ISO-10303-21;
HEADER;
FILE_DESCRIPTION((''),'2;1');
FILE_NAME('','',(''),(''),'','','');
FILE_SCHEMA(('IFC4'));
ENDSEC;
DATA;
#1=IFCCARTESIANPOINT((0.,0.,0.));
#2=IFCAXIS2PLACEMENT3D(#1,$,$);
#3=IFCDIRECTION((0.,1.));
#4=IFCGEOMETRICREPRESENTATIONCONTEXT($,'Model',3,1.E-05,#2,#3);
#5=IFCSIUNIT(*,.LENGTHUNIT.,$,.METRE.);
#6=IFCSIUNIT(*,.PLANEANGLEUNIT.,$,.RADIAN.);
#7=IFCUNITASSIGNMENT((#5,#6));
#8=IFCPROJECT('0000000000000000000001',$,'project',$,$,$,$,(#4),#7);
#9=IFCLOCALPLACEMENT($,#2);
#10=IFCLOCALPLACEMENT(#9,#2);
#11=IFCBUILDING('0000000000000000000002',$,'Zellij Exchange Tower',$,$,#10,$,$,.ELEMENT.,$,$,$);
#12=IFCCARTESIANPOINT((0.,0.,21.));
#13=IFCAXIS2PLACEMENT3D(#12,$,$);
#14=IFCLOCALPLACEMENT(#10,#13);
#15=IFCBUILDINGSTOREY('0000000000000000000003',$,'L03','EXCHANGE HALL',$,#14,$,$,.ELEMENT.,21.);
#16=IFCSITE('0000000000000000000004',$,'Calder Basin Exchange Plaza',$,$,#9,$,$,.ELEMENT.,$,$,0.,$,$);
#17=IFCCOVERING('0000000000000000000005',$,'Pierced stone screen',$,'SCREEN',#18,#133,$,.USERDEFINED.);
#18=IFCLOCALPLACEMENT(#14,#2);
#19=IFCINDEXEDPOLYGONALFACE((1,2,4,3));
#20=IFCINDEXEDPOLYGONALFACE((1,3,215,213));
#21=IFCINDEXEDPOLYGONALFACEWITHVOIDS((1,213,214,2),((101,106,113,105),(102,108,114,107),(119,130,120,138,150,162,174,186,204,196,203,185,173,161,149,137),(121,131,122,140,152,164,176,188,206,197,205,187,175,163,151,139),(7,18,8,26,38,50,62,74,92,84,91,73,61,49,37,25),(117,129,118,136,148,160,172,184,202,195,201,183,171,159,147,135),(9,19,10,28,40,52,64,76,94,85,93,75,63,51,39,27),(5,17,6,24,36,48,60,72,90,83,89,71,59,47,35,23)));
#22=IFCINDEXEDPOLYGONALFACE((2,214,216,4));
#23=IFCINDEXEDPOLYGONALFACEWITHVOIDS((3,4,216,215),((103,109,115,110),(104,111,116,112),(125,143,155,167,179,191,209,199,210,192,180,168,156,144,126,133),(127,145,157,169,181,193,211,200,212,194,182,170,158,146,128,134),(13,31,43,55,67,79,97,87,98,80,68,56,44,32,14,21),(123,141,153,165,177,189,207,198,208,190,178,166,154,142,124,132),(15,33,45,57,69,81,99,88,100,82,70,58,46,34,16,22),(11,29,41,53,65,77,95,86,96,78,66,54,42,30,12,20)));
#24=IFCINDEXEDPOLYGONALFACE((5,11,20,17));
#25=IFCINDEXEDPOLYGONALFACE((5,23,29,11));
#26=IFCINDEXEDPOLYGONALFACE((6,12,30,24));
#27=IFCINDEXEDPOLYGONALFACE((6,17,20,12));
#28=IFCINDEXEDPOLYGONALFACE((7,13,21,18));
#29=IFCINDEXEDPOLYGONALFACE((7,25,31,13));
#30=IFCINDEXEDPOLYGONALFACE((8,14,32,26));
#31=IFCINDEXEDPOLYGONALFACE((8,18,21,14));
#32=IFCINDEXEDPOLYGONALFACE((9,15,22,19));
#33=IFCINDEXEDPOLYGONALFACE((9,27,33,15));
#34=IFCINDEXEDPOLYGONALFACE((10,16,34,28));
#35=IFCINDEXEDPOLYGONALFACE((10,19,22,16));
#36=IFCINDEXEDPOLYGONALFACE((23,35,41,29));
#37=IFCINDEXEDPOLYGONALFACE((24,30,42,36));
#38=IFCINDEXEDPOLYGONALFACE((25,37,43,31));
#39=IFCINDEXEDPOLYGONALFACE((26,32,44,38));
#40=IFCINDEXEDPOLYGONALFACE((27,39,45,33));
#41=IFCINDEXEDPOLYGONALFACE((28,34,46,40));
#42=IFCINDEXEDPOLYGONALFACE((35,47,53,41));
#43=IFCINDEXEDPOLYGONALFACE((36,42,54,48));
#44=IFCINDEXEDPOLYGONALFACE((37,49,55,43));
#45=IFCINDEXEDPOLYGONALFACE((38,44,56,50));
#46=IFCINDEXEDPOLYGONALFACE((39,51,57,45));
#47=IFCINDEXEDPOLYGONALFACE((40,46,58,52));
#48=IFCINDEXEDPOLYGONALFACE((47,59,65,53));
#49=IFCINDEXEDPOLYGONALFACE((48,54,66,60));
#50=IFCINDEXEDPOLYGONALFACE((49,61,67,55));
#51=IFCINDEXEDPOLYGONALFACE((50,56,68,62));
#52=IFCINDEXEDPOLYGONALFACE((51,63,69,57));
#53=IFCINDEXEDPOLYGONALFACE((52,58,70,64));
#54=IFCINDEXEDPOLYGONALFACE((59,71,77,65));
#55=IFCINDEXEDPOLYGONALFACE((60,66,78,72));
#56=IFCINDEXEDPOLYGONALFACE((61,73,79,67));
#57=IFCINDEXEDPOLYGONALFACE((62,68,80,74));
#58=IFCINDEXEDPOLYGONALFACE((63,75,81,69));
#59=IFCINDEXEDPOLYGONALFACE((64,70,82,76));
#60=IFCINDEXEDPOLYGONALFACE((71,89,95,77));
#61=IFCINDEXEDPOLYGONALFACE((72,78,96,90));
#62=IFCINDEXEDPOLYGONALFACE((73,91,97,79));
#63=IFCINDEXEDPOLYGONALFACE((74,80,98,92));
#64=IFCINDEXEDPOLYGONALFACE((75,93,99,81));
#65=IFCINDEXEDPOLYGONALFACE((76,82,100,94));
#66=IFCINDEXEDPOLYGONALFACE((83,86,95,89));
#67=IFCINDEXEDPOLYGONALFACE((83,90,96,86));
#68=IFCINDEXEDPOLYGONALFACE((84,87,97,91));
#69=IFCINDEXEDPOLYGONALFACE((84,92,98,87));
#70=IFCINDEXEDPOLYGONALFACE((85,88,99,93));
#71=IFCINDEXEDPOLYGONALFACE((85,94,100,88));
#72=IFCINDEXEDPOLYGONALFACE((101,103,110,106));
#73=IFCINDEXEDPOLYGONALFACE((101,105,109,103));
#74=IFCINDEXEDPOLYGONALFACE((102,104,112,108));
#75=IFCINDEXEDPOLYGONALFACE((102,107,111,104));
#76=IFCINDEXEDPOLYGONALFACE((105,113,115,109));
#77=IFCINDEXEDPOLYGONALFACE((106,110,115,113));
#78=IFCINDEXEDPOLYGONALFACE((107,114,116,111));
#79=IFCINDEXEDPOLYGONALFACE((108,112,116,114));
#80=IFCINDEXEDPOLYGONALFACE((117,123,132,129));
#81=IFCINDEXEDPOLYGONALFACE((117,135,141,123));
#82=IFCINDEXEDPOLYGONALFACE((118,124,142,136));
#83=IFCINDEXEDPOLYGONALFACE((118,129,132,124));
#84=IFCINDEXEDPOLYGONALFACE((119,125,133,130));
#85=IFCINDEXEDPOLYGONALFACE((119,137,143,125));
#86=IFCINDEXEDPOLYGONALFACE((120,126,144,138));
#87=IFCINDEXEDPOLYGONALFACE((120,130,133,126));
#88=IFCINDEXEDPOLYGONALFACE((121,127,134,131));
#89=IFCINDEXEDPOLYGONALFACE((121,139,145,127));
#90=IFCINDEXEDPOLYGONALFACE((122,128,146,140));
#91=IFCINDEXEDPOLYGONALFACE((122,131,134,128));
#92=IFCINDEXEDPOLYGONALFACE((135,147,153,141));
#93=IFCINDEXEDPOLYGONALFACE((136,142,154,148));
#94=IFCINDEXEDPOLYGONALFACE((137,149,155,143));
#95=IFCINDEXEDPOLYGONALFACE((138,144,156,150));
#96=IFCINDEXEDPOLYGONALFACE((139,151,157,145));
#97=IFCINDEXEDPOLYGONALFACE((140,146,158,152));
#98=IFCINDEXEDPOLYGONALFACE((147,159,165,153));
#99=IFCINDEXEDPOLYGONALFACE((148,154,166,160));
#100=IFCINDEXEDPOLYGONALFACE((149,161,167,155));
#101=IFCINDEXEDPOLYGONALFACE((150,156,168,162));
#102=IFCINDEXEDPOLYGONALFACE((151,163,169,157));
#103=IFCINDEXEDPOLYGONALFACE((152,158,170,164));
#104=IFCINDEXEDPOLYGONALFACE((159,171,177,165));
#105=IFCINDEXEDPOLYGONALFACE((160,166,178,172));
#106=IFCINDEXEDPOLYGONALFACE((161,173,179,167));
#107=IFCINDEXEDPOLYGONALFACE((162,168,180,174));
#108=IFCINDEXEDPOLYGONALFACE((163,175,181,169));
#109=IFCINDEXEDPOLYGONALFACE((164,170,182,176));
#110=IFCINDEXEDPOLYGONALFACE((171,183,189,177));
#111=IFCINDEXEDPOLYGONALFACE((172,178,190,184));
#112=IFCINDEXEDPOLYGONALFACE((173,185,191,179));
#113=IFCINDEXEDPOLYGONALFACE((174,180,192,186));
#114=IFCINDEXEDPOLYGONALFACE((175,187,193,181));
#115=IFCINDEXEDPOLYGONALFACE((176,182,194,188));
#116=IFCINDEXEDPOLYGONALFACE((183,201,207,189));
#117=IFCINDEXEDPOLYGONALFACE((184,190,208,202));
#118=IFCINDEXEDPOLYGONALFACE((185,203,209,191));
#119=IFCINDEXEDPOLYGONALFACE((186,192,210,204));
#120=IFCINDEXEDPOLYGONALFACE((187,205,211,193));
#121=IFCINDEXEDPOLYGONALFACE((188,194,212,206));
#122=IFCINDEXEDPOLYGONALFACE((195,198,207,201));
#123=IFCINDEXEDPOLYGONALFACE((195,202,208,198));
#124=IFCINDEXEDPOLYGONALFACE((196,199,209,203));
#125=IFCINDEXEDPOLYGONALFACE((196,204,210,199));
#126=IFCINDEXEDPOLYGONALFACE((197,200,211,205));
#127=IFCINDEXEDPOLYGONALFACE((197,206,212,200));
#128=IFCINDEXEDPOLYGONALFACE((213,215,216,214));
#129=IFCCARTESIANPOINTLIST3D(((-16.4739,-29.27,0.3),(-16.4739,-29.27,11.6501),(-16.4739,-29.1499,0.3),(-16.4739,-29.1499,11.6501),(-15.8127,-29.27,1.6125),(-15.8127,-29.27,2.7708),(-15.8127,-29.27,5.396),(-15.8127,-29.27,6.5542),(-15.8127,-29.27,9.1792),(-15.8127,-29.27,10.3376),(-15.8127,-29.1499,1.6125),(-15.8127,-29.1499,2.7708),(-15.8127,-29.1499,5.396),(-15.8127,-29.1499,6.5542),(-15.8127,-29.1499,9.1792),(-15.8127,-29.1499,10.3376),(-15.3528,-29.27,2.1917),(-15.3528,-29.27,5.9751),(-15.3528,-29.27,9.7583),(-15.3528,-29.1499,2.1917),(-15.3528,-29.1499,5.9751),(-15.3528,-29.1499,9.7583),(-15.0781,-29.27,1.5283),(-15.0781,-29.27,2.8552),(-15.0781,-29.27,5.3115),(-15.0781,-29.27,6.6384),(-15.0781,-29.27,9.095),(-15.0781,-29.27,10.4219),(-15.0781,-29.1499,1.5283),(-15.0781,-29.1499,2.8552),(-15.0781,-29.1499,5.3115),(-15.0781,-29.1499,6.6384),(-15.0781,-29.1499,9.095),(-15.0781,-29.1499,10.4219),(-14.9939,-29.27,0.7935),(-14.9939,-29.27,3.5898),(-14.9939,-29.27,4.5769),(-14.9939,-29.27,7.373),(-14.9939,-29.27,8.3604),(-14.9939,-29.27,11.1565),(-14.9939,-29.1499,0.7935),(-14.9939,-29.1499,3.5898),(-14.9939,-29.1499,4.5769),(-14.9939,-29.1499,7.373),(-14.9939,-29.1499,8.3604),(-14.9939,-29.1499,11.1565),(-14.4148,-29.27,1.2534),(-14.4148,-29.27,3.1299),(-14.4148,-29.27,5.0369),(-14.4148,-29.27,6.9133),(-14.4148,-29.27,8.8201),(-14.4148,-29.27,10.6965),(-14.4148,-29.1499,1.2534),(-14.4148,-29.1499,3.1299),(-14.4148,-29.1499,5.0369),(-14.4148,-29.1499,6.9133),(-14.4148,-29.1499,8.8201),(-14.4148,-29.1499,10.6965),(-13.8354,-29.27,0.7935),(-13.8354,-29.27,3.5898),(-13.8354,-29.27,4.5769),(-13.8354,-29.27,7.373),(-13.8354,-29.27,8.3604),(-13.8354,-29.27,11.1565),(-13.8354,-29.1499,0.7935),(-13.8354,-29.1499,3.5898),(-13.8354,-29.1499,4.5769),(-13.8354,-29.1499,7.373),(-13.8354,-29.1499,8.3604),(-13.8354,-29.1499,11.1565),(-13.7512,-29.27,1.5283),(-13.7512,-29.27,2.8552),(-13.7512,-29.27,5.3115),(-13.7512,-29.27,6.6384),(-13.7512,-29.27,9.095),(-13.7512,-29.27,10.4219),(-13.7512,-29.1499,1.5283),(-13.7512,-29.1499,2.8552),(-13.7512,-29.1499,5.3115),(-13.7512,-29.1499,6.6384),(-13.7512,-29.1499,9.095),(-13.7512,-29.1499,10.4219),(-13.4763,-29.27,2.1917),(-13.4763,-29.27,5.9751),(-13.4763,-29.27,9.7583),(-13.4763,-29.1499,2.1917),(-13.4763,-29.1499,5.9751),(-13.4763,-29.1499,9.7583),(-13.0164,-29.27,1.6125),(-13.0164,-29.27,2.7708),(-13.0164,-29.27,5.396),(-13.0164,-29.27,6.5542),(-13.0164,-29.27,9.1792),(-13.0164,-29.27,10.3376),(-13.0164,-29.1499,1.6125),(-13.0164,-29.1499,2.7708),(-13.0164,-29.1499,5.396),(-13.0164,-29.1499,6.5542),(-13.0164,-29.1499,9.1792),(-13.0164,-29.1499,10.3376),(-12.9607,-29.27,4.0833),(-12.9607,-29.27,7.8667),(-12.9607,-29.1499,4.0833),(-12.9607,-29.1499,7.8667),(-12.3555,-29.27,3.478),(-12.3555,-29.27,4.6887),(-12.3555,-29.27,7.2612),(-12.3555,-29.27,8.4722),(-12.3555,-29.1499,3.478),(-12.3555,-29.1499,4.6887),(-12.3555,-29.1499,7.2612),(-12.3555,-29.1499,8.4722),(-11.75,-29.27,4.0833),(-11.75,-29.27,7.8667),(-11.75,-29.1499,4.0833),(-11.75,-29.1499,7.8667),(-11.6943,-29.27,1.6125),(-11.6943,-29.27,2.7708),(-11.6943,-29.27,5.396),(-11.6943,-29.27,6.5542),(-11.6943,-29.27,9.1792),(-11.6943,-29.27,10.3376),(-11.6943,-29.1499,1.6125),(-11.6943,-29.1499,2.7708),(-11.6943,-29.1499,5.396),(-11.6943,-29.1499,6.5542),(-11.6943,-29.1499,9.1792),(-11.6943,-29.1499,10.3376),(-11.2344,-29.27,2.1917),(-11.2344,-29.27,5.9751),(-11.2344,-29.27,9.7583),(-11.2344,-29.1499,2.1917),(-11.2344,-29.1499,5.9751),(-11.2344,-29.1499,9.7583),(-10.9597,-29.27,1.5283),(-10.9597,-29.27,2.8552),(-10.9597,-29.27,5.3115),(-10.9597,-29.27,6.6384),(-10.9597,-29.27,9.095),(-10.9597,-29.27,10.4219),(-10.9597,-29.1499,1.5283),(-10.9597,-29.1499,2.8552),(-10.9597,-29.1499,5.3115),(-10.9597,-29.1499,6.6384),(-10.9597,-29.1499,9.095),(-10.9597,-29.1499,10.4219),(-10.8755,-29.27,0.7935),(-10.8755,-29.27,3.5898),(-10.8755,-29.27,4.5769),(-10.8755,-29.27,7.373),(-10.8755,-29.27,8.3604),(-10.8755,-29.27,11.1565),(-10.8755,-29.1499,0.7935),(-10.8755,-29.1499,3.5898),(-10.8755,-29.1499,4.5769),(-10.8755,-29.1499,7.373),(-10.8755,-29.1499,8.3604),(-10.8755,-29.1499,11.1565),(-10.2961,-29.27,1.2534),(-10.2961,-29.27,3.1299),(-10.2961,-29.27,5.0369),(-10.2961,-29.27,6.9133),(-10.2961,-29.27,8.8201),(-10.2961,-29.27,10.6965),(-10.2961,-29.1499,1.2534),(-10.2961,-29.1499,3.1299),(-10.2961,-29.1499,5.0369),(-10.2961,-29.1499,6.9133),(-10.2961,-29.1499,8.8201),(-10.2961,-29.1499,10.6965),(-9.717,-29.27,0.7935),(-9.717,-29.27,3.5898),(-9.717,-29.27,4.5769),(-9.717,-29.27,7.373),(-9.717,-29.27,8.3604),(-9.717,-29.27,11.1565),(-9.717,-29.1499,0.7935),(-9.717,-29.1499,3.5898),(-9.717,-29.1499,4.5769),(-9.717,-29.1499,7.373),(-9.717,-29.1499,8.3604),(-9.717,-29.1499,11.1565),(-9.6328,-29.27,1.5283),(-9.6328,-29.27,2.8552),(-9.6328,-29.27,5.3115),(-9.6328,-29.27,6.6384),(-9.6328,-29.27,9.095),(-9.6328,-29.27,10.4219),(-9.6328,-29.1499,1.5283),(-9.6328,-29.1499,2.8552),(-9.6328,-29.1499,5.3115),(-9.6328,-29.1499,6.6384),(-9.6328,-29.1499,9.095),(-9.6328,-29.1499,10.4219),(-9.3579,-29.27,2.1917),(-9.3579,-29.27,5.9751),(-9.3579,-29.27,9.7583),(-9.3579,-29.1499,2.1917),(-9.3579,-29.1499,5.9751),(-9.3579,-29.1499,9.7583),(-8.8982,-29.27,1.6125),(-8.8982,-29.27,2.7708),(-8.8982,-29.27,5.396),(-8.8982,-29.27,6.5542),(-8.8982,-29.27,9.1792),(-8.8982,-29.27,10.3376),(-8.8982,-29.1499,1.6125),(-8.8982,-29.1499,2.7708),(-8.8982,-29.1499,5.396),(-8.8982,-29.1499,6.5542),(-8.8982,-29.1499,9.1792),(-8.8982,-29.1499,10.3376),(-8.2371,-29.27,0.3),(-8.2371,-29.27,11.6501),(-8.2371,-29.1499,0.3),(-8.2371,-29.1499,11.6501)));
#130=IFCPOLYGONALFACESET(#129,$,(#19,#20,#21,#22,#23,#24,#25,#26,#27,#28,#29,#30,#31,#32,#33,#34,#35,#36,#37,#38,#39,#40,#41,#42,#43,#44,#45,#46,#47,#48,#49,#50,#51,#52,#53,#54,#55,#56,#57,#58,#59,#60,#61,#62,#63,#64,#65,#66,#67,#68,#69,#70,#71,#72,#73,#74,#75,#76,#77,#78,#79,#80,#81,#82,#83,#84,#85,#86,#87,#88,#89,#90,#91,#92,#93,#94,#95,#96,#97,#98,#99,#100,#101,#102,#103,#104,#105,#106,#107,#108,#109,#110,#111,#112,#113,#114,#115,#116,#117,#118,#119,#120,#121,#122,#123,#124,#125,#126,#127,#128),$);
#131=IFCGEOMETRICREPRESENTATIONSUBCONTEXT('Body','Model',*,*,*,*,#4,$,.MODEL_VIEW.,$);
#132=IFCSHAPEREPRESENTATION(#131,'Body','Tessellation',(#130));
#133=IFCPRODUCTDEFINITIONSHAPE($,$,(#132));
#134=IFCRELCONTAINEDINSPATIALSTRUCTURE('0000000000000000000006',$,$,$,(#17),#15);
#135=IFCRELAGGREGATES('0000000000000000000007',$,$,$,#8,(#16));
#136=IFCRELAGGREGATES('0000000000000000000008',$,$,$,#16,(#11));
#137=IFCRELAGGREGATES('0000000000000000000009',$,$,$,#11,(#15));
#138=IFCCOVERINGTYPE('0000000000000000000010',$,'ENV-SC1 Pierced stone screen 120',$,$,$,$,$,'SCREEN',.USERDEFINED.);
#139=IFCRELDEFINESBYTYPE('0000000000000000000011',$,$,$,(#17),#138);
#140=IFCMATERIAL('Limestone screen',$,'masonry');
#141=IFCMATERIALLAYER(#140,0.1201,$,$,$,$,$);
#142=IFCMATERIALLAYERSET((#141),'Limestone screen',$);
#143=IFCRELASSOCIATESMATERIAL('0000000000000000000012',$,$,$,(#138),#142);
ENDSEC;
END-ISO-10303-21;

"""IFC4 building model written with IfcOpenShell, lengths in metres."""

from ifc_helpers import new_model, si_unit, direction, frame, origin, place, context, subcontext, project, spatial, polyline, outline, extrude, material, layer, layer_set, type_object, element, save


model = new_model("IFC4")

# Units and contexts
model_context = context("Model", 3, precision=1e-05, world=origin(), true_north=direction((0.0, 1.0)))
body_context = subcontext(model_context, "Body", "Model", "MODEL_VIEW")
ifc_project = project(units=[si_unit("LENGTHUNIT", "METRE"), si_unit("PLANEANGLEUNIT", "RADIAN")], contexts=[model_context])

# Site, building, storey
site_placement = place(None, origin())
site = spatial("IfcSite", under=ifc_project, at=site_placement, Name="Calder Basin Exchange Plaza", CompositionType="ELEMENT", RefElevation=0.0)
building_placement = place(site_placement, origin())
building = spatial("IfcBuilding", under=site, at=building_placement, Name="Zellij Exchange Tower", CompositionType="ELEMENT")
storey_placement = place(building_placement, frame((0.0, 0.0, 21.0)))
storey = spatial("IfcBuildingStorey", under=building, at=storey_placement, Name="L03", Description="EXCHANGE HALL", CompositionType="ELEMENT", Elevation=21.0)

# Covering
ifc_material_1 = material(Name="Limestone screen", Category="masonry")
ifc_layer_1 = layer(ifc_material_1, 0.1201)
ifc_layer_set_1 = layer_set([ifc_layer_1], Name="Limestone screen")
covering_type = type_object("IfcCoveringType", Name="ENV-SC1 Pierced stone screen 120", ElementType="SCREEN", PredefinedType="USERDEFINED", material=ifc_layer_set_1)
covering_1_placement = place(storey_placement, frame((-16.4739, -29.21, 0.3), z_axis=(0.0, 0.0, 1.0), x_axis=(1.0, 0.0, 0.0)))
element("IfcCovering", 1, at=covering_1_placement, inside=storey, type_object=covering_type, Name="Pierced stone screen", ObjectType="SCREEN", PredefinedType="USERDEFINED", context=body_context, shape_type="SweptSolid", body=[
    extrude(outline(polyline([(0.0, 0.0), (8.2368, 0.0), (8.2368, 11.3501), (0.0, 11.3501), (0.0, 0.0)]), holes=[polyline([(3.4575, 2.4707), (2.7227, 2.5552), (2.6384, 3.2898), (2.0591, 2.8298), (1.48, 3.2898), (1.3958, 2.5552), (0.6611, 2.4707), (1.1211, 1.8916), (0.6611, 1.3125), (1.3958, 1.2283), (1.48, 0.4934), (2.0591, 0.9534), (2.6384, 0.4934), (2.7227, 1.2283), (3.4575, 1.3125), (2.9976, 1.8916), (3.4575, 2.4707)]), polyline([(3.4575, 6.2542), (2.7227, 6.3384), (2.6384, 7.073), (2.0591, 6.6133), (1.48, 7.073), (1.3958, 6.3384), (0.6611, 6.2542), (1.1211, 5.675), (0.6611, 5.0959), (1.3958, 5.0115), (1.48, 4.2769), (2.0591, 4.7368), (2.6384, 4.2769), (2.7227, 5.0115), (3.4575, 5.0959), (2.9976, 5.675), (3.4575, 6.2542)]), polyline([(3.4575, 10.0376), (2.7227, 10.1218), (2.6384, 10.8564), (2.0591, 10.3965), (1.48, 10.8564), (1.3958, 10.1218), (0.6611, 10.0376), (1.1211, 9.4583), (0.6611, 8.8792), (1.3958, 8.7949), (1.48, 8.0603), (2.0591, 8.52), (2.6384, 8.0603), (2.7227, 8.7949), (3.4575, 8.8792), (2.9976, 9.4583), (3.4575, 10.0376)]), polyline([(7.5757, 2.4707), (6.8411, 2.5552), (6.7568, 3.2898), (6.1777, 2.8298), (5.5984, 3.2898), (5.5142, 2.5552), (4.7795, 2.4707), (5.2395, 1.8916), (4.7795, 1.3125), (5.5142, 1.2283), (5.5984, 0.4934), (6.1777, 0.9534), (6.7568, 0.4934), (6.8411, 1.2283), (7.5757, 1.3125), (7.116, 1.8916), (7.5757, 2.4707)]), polyline([(7.5757, 6.2542), (6.8411, 6.3384), (6.7568, 7.073), (6.1777, 6.6133), (5.5984, 7.073), (5.5142, 6.3384), (4.7795, 6.2542), (5.2395, 5.675), (4.7795, 5.0959), (5.5142, 5.0115), (5.5984, 4.2769), (6.1777, 4.7368), (6.7568, 4.2769), (6.8411, 5.0115), (7.5757, 5.0959), (7.116, 5.675), (7.5757, 6.2542)]), polyline([(7.5757, 10.0376), (6.8411, 10.1218), (6.7568, 10.8564), (6.1777, 10.3965), (5.5984, 10.8564), (5.5142, 10.1218), (4.7795, 10.0376), (5.2395, 9.4583), (4.7795, 8.8792), (5.5142, 8.7949), (5.5984, 8.0603), (6.1777, 8.52), (6.7568, 8.0603), (6.8411, 8.7949), (7.5757, 8.8792), (7.116, 9.4583), (7.5757, 10.0376)]), polyline([(4.7239, 3.7832), (4.1184, 4.3887), (3.5132, 3.7832), (4.1184, 3.178), (4.7239, 3.7832)]), polyline([(4.7239, 7.5667), (4.1184, 8.1721), (3.5132, 7.5667), (4.1184, 6.9612), (4.7239, 7.5667)])]), frame((0.0, 0.0601, 0.0), z_axis=(0.0, -1.0, 0.0), x_axis=(1.0, 0.0, 0.0)), (0.0, 0.0, 1.0), 0.1201),
])

save(model, "model.ifc")
